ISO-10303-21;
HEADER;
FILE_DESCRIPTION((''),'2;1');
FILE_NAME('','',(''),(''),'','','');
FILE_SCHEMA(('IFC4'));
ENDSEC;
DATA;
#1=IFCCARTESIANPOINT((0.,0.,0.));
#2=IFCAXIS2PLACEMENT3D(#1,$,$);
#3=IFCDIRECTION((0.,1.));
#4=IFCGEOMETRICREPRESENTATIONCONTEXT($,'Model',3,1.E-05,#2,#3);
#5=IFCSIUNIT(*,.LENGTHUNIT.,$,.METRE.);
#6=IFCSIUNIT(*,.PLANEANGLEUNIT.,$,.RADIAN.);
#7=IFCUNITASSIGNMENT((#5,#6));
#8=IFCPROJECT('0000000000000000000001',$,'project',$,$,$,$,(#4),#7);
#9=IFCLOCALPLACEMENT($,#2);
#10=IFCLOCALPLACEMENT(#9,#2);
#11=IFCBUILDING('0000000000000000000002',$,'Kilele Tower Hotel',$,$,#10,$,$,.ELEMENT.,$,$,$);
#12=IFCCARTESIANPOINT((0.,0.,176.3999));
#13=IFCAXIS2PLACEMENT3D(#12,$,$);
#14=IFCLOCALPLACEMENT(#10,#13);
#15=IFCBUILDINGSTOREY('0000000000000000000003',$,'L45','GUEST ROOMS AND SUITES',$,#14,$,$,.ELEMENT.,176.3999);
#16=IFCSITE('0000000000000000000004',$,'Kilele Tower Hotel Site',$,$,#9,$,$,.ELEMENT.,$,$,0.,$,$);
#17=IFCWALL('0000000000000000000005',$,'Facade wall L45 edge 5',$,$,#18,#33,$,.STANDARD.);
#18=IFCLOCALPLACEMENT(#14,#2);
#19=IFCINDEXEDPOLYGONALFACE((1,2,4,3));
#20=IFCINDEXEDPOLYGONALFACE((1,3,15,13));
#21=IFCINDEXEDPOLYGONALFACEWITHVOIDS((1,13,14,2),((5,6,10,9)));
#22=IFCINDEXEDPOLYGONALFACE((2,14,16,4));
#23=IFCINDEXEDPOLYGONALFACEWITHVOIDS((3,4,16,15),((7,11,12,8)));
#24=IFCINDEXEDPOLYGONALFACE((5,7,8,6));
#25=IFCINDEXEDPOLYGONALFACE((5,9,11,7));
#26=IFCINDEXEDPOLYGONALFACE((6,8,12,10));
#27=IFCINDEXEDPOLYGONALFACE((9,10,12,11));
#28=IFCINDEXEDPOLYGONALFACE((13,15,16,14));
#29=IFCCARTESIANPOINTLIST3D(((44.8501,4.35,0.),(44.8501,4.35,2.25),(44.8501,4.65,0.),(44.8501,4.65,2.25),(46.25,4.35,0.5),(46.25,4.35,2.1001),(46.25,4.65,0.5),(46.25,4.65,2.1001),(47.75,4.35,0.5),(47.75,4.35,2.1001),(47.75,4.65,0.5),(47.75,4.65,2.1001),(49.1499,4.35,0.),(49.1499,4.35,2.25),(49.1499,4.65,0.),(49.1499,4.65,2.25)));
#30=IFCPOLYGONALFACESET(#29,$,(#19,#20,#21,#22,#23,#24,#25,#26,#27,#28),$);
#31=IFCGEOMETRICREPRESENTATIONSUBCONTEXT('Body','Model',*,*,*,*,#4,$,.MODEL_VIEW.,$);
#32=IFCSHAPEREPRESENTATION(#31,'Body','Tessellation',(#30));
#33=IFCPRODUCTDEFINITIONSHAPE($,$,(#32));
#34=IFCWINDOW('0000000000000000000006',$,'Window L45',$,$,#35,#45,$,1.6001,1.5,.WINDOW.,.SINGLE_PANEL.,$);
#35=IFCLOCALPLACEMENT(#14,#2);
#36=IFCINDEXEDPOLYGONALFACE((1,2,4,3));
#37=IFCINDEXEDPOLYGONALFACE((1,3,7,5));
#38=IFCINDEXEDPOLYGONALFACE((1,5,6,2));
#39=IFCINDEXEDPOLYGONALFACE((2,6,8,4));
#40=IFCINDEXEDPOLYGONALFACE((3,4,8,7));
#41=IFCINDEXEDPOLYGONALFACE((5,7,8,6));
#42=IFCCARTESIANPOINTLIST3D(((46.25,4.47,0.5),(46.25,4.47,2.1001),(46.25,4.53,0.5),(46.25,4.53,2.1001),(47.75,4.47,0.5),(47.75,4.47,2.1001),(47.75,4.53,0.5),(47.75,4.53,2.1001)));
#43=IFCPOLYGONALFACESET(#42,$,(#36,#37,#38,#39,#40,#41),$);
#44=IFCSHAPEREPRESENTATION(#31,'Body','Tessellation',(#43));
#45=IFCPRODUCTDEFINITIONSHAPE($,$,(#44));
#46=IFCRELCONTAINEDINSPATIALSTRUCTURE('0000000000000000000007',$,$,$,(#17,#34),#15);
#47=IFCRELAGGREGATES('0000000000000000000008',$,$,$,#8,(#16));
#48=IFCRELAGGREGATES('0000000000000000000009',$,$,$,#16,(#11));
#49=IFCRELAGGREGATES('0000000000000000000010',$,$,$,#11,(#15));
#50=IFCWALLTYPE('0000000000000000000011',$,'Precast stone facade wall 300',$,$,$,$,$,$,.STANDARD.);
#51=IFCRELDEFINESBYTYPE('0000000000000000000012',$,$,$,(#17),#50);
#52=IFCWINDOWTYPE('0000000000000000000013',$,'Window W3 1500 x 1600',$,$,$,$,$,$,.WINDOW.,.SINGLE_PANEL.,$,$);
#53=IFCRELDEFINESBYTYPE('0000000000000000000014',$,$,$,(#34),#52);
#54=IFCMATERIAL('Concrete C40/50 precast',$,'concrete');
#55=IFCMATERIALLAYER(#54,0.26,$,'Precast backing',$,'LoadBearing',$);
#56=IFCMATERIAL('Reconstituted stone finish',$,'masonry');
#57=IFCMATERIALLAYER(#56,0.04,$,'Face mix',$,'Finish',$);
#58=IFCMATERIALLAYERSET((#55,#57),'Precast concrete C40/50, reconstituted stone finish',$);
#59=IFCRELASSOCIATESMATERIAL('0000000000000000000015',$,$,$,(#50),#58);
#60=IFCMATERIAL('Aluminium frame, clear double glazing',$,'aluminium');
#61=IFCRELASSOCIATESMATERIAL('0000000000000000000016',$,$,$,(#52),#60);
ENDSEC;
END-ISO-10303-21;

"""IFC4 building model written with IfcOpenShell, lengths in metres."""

from ifc_helpers import new_model, si_unit, direction, frame, frame_2d, origin, place, context, subcontext, project, spatial, rectangle, extrude, material, layer, layer_set, type_object, element, fill, save


model = new_model("IFC4")

# Units and contexts
model_context = context("Model", 3, precision=1e-05, world=origin(), true_north=direction((0.0, 1.0)))
body_context = subcontext(model_context, "Body", "Model", "MODEL_VIEW")
ifc_project = project(units=[si_unit("LENGTHUNIT", "METRE"), si_unit("PLANEANGLEUNIT", "RADIAN")], contexts=[model_context])

# Site, building, storey
site_placement = place(None, origin())
site = spatial("IfcSite", under=ifc_project, at=site_placement, Name="Kilele Tower Hotel Site", CompositionType="ELEMENT", RefElevation=0.0)
building_placement = place(site_placement, origin())
building = spatial("IfcBuilding", under=site, at=building_placement, Name="Kilele Tower Hotel", CompositionType="ELEMENT")
storey_placement = place(building_placement, frame((0.0, 0.0, 176.3999)))
storey = spatial("IfcBuildingStorey", under=building, at=storey_placement, Name="L45", Description="GUEST ROOMS AND SUITES", CompositionType="ELEMENT", Elevation=176.3999)

# Wall, opening, window
ifc_material_1 = material(Name="Concrete C40/50 precast", Category="concrete")
ifc_layer_1 = layer(ifc_material_1, 0.26, Name="Precast backing", Category="LoadBearing")
ifc_material_2 = material(Name="Reconstituted stone finish", Category="masonry")
ifc_layer_2 = layer(ifc_material_2, 0.04, Name="Face mix", Category="Finish")
ifc_layer_set_1 = layer_set([ifc_layer_1, ifc_layer_2], Name="Precast concrete C40/50, reconstituted stone finish")
wall_type_1 = type_object("IfcWallType", Name="Precast stone facade wall 300", PredefinedType="STANDARD", material=ifc_layer_set_1)
wall_1_placement = place(storey_placement, frame((44.8501, 4.5, 0.0), z_axis=(0.0, 0.0, 1.0), x_axis=(1.0, 0.0, 0.0)))
wall_1 = element("IfcWall", 1, at=wall_1_placement, inside=storey, type_object=wall_type_1, Name="Facade wall L45 edge 5", PredefinedType="STANDARD", context=body_context, shape_type="SweptSolid", body=[
    extrude(rectangle(XDim=4.2998, YDim=0.3, at=frame_2d((2.1499, 0.0))), origin(), (0.0, 0.0, 1.0), 2.25),
])
opening_1_placement = place(wall_1_placement, frame((1.3999, 0.0, 0.5)))
opening_1 = element("IfcOpeningElement", 2, at=opening_1_placement, cuts=wall_1, PredefinedType="OPENING", context=body_context, shape_type="SweptSolid", body=[
    extrude(rectangle(XDim=1.5, YDim=1.6001, at=frame_2d((0.75, 0.8))), frame((0.0, 0.1599, 0.0), z_axis=(0.0, -1.0, 0.0), x_axis=(1.0, 0.0, 0.0)), (0.0, 0.0, 1.0), 0.3201),
])
ifc_material_3 = material(Name="Aluminium frame, clear double glazing", Category="aluminium")
window_type_1 = type_object("IfcWindowType", Name="Window W3 1500 x 1600", PartitioningType="SINGLE_PANEL", PredefinedType="WINDOW", material=ifc_material_3)
window_1_placement = place(opening_1_placement, origin())
window_1 = element("IfcWindow", 3, at=window_1_placement, inside=storey, type_object=window_type_1, Name="Window L45", OverallHeight=1.6001, OverallWidth=1.5, PartitioningType="SINGLE_PANEL", PredefinedType="WINDOW", context=body_context, shape_type="SweptSolid", body=[
    extrude(rectangle(XDim=1.5, YDim=1.6001, at=frame_2d((0.75, 0.8))), frame((0.0, 0.03, 0.0), z_axis=(0.0, -1.0, 0.0), x_axis=(1.0, 0.0, 0.0)), (0.0, 0.0, 1.0), 0.0601),
])
fill(opening_1, window_1)

save(model, "model.ifc")
